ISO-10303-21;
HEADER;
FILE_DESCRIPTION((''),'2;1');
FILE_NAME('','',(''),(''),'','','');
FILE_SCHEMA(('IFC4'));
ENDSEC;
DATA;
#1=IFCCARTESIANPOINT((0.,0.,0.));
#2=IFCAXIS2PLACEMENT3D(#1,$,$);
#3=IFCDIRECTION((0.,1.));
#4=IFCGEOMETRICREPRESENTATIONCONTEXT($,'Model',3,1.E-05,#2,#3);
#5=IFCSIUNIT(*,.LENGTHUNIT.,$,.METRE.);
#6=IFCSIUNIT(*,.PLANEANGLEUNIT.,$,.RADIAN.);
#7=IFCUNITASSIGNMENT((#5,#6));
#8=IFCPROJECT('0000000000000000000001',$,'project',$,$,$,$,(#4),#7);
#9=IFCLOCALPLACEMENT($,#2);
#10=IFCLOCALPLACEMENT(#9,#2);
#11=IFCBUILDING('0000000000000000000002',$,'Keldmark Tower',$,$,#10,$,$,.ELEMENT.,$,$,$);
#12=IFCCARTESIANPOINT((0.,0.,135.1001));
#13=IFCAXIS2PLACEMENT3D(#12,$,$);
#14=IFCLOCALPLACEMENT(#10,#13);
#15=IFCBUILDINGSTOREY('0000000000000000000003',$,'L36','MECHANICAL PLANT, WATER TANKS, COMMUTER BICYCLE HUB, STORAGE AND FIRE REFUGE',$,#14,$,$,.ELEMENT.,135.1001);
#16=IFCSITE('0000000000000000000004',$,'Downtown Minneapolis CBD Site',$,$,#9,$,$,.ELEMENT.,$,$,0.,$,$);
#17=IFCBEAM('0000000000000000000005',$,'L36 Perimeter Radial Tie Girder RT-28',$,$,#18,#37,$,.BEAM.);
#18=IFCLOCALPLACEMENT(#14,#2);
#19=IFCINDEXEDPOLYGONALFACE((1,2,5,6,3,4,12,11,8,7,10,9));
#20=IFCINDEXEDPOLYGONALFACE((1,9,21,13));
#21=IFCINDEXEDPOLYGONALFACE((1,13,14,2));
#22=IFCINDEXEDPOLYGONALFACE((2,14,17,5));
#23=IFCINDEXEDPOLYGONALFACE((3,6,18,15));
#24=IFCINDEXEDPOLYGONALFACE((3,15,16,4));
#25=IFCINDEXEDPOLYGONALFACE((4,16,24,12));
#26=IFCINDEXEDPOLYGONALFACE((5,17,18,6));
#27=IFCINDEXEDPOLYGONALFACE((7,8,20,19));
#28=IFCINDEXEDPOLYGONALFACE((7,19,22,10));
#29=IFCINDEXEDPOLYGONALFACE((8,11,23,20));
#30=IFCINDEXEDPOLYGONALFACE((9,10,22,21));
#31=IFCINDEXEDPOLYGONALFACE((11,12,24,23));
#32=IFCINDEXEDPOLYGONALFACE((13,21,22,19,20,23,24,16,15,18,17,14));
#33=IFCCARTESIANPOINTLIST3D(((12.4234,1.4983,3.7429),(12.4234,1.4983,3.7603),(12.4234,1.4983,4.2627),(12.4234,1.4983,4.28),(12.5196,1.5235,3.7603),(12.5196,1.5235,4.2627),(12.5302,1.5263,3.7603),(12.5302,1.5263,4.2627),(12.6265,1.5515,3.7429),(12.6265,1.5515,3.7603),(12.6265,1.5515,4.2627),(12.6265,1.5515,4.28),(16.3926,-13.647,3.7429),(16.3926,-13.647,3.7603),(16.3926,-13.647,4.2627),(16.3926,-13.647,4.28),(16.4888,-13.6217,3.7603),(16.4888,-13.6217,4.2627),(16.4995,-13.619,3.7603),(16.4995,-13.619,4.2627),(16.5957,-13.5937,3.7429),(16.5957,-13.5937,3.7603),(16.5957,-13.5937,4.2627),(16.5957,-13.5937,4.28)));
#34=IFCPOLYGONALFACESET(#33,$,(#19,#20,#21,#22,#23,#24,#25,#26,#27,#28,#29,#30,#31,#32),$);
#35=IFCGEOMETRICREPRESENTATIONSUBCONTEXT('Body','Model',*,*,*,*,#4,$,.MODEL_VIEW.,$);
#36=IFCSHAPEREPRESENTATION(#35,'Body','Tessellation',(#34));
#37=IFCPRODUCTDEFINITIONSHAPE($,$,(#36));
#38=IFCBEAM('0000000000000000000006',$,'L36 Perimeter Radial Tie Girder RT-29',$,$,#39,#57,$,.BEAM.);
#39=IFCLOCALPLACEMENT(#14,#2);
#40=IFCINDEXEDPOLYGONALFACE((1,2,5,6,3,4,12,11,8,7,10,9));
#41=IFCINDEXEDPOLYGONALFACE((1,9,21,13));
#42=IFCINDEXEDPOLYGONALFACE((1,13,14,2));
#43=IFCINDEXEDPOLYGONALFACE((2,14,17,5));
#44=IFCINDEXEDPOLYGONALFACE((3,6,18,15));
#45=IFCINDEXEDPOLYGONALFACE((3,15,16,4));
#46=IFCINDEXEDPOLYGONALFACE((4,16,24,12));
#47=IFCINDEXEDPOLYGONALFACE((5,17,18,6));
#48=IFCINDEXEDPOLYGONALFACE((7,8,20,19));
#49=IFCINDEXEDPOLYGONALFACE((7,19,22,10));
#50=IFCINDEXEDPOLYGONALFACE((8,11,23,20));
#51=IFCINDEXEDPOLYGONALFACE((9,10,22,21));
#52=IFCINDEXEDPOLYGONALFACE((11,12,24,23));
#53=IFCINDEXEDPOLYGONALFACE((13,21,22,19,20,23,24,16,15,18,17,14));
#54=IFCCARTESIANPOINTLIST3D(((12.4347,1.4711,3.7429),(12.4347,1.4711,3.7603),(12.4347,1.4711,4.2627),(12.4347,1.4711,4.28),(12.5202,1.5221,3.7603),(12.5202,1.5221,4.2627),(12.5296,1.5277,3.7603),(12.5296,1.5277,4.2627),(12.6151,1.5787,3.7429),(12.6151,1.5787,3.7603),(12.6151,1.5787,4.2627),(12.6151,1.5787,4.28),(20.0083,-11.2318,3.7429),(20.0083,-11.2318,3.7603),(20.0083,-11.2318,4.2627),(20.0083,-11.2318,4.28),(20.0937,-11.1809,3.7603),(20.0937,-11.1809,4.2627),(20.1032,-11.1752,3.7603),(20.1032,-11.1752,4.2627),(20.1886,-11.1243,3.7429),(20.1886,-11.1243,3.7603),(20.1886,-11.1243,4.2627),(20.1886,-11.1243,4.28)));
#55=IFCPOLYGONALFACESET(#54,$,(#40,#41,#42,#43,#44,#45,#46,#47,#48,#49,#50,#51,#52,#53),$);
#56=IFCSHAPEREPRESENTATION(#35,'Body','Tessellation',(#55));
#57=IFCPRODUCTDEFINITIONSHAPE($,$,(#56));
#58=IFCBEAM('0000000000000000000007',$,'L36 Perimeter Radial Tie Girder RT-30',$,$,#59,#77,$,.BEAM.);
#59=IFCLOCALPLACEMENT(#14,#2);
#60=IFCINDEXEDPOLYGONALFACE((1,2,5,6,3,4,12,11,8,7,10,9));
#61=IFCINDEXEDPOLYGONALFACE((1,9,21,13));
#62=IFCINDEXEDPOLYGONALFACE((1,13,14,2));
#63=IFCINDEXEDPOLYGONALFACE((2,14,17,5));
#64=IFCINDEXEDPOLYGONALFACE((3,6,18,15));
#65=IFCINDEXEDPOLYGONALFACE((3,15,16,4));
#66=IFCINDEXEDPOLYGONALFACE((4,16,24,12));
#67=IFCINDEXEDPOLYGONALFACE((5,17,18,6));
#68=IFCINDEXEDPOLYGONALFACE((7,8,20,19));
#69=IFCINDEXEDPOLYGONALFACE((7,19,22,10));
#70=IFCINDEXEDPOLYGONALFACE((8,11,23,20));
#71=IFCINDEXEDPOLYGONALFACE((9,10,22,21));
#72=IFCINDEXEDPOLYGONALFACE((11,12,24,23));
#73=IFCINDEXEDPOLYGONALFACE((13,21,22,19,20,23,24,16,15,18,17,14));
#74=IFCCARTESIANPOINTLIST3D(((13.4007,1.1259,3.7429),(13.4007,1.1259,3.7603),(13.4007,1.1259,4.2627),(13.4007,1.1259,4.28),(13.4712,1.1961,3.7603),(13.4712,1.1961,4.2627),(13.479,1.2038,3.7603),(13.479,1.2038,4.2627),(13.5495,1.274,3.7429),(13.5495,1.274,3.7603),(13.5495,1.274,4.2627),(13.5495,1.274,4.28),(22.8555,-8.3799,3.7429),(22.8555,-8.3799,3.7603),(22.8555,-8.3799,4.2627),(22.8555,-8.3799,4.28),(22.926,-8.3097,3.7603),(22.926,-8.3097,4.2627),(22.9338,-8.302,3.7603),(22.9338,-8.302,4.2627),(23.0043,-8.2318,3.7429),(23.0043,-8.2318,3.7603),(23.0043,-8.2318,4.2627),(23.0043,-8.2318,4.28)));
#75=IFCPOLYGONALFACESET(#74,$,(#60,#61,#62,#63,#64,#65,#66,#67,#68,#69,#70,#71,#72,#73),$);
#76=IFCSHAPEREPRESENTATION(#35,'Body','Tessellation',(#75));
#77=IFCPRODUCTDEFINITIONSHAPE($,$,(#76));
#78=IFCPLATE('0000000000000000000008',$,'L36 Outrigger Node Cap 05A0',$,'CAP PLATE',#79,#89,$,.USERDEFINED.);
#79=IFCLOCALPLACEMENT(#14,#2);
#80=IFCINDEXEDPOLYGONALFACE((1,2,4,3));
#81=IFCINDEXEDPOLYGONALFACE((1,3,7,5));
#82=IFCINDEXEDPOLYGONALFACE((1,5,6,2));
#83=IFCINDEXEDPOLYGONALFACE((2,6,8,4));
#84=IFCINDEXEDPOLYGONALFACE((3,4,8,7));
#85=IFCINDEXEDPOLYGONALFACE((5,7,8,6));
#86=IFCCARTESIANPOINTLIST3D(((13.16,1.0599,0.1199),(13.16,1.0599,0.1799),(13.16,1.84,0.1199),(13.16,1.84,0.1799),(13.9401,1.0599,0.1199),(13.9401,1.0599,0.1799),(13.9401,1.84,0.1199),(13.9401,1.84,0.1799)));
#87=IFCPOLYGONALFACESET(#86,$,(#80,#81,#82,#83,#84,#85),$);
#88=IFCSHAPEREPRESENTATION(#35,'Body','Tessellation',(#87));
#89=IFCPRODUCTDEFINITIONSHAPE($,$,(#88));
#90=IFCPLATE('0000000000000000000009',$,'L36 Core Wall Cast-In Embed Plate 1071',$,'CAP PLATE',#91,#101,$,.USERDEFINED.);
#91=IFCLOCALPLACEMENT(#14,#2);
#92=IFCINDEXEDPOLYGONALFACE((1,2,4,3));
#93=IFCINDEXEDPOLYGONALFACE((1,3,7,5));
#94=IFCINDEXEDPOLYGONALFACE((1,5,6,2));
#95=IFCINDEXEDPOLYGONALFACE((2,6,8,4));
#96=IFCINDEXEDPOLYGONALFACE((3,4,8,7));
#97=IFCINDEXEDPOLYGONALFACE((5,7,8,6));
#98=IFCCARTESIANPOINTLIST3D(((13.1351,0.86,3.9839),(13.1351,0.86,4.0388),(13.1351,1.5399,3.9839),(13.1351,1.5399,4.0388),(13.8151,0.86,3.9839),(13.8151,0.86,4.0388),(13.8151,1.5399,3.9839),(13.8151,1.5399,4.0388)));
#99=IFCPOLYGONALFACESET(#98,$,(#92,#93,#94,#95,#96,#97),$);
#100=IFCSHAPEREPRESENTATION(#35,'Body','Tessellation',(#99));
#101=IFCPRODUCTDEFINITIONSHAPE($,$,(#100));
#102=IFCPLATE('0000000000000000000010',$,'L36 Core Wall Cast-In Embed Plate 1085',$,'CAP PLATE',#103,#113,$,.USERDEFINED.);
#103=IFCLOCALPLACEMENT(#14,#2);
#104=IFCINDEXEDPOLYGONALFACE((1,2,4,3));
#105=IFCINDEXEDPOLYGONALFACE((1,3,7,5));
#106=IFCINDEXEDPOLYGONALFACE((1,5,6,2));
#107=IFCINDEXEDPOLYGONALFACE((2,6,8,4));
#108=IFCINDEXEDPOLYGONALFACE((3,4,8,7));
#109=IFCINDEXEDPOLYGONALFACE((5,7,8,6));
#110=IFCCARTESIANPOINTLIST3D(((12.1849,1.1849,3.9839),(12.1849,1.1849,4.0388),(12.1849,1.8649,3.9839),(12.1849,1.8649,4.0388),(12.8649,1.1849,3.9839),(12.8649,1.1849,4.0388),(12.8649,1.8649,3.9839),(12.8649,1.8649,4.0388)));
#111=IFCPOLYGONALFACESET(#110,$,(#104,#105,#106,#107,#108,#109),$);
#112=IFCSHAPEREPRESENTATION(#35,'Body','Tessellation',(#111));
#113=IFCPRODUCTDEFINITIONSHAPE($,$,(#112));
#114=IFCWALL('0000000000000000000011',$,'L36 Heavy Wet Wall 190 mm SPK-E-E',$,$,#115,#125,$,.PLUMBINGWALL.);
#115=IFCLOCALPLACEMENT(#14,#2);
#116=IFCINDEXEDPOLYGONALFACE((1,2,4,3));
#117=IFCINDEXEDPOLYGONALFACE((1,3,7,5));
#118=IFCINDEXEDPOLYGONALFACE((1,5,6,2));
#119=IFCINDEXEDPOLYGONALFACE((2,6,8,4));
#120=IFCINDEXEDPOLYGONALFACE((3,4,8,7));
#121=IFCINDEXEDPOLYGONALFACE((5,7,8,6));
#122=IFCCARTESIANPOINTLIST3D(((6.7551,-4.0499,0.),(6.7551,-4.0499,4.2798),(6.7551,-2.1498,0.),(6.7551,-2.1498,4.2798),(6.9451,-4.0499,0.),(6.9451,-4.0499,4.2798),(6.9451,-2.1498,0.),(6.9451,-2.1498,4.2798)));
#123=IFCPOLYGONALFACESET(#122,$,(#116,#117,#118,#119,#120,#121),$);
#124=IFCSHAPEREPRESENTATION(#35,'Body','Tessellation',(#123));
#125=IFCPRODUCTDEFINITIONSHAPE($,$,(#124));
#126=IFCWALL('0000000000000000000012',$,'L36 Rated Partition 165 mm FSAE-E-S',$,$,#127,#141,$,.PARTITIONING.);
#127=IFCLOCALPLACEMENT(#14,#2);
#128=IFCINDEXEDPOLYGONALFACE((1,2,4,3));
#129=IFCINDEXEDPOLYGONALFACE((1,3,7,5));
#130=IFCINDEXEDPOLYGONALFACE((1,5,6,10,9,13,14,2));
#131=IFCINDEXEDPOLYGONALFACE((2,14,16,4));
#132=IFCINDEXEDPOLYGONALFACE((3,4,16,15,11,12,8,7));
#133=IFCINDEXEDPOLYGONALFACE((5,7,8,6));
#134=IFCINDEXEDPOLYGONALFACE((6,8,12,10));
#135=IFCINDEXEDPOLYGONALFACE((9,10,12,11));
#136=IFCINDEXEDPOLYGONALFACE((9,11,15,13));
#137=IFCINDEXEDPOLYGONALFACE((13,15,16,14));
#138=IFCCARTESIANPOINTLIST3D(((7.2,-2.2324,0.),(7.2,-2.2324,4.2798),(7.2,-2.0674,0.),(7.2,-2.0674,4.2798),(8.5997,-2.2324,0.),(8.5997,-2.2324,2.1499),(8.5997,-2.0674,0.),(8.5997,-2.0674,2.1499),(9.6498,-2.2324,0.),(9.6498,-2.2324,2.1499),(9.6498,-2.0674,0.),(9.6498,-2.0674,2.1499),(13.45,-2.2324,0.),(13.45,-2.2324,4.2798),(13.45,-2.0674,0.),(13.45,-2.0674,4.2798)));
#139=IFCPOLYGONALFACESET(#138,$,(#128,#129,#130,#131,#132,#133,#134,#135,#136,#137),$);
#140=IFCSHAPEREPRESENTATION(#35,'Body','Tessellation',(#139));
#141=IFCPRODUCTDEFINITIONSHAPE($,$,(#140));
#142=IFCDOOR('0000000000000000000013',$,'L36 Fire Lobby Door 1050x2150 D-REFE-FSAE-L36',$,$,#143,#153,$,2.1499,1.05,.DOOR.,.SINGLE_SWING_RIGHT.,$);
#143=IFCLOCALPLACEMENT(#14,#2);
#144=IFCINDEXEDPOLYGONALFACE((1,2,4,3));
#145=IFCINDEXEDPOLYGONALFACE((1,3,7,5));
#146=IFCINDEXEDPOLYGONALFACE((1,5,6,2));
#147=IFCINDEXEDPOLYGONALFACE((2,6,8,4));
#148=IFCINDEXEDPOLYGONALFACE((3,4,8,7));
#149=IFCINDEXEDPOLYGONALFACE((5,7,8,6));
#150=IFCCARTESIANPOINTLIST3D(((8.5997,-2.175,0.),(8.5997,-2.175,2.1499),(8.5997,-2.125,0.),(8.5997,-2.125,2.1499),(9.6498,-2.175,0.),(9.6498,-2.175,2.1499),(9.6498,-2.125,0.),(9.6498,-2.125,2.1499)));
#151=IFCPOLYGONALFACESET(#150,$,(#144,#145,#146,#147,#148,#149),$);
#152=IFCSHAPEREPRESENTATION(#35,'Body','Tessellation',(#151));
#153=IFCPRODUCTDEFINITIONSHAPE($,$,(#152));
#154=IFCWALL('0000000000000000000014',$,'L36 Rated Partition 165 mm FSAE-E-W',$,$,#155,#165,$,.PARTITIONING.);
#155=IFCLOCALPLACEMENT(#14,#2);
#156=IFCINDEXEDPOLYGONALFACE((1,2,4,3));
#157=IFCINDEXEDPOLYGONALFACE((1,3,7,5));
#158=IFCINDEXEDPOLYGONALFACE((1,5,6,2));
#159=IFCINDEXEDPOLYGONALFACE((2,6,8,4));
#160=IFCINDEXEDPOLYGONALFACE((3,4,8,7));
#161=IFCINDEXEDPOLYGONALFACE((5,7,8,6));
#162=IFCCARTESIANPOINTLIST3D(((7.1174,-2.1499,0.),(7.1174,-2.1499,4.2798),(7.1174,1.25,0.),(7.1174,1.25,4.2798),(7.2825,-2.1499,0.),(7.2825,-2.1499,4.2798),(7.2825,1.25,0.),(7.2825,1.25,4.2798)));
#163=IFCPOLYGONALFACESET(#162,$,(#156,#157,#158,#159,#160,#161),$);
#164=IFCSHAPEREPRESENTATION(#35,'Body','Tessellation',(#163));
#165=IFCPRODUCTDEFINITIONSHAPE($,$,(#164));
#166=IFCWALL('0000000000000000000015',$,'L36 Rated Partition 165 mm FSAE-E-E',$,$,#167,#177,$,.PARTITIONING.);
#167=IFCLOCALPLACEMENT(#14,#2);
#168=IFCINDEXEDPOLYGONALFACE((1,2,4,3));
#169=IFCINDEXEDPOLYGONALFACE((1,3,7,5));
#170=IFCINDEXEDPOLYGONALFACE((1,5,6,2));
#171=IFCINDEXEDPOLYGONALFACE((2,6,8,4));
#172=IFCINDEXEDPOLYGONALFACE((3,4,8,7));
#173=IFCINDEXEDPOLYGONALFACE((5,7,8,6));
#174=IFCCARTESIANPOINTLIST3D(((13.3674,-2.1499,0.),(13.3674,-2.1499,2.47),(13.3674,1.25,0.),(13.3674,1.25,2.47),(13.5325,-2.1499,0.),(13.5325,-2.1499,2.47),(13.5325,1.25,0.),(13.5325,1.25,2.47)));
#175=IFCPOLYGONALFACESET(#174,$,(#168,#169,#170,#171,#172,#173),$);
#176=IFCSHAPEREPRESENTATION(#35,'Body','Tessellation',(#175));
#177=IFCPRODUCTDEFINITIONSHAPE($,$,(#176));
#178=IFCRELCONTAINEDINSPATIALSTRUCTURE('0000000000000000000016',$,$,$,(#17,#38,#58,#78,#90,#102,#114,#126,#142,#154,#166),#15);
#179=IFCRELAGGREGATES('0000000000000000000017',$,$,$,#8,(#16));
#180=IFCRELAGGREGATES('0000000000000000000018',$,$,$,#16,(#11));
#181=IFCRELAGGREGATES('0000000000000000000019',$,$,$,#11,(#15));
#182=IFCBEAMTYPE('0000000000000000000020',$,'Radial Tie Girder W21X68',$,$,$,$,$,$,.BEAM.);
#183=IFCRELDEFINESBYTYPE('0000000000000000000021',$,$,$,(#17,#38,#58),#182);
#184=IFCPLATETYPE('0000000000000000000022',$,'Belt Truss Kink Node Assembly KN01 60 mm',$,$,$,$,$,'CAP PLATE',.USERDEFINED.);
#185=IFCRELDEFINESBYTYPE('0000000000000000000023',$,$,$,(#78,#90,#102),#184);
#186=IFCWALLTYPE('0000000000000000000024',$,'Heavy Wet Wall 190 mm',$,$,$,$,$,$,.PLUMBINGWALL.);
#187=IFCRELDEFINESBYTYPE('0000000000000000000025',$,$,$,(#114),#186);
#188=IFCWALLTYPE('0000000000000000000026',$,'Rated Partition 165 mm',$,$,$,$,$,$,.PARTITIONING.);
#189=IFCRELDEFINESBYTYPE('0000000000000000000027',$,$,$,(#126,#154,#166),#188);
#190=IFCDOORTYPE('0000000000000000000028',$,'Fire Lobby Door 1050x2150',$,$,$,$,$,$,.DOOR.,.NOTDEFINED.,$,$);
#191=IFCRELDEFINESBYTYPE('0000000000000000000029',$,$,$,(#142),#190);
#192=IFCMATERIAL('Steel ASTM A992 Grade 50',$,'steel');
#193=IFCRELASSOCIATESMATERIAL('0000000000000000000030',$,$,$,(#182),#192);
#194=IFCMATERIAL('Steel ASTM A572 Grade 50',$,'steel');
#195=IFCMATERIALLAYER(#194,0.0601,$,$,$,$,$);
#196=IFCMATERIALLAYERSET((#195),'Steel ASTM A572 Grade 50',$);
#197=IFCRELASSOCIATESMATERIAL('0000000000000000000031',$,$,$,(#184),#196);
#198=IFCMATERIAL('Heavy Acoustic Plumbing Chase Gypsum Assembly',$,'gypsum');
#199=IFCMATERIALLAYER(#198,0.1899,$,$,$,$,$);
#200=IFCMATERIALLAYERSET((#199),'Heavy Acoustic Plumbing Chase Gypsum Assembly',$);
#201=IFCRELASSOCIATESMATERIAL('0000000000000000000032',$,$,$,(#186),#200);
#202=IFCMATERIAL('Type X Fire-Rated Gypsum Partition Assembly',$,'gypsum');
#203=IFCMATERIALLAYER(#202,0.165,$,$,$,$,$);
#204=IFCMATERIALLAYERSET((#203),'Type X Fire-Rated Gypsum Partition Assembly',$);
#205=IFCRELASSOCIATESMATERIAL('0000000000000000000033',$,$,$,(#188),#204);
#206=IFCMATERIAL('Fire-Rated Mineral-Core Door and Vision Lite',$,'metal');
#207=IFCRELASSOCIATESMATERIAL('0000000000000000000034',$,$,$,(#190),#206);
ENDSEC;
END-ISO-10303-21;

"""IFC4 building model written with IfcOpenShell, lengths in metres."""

from ifc_helpers import new_model, si_unit, direction, frame, frame_2d, origin, origin_2d, place, context, subcontext, project, spatial, rectangle, i_section, extrude, material, layer, layer_set, material_profile, profile_set, type_object, element, fill, save


model = new_model("IFC4")

# Units and contexts
model_context = context("Model", 3, precision=1e-05, world=origin(), true_north=direction((0.0, 1.0)))
body_context = subcontext(model_context, "Body", "Model", "MODEL_VIEW")
ifc_project = project(units=[si_unit("LENGTHUNIT", "METRE"), si_unit("PLANEANGLEUNIT", "RADIAN")], contexts=[model_context])

# Site, building, storey
site_placement = place(None, origin())
site = spatial("IfcSite", under=ifc_project, at=site_placement, Name="Downtown Minneapolis CBD Site", CompositionType="ELEMENT", RefElevation=0.0)
building_placement = place(site_placement, origin())
building = spatial("IfcBuilding", under=site, at=building_placement, Name="Keldmark Tower", CompositionType="ELEMENT")
storey_placement = place(building_placement, frame((0.0, 0.0, 135.1001)))
storey = spatial("IfcBuildingStorey", under=building, at=storey_placement, Name="L36", Description="MECHANICAL PLANT, WATER TANKS, COMMUTER BICYCLE HUB, STORAGE AND FIRE REFUGE", CompositionType="ELEMENT", Elevation=135.1001)

# Beams
ifc_material_1 = material(Name="Steel ASTM A992 Grade 50", Category="steel")
ifc_material_profile_1 = material_profile(ifc_material_1, i_section(OverallWidth=0.21, OverallDepth=0.5371, WebThickness=0.011, FlangeThickness=0.0173, at=origin_2d()), Name="W21X68")
ifc_profile_set_1 = profile_set([ifc_material_profile_1], Name="Steel ASTM A992 Grade 50")
beam_type = type_object("IfcBeamType", Name="Radial Tie Girder W21X68", PredefinedType="BEAM", material=ifc_profile_set_1)
beam_1_placement = place(storey_placement, frame((12.5249, 1.5249, 4.0115), z_axis=(0.253516, -0.967331, 0.0), x_axis=(0.967331, 0.253516, 0.0)))
element("IfcBeam", 1, at=beam_1_placement, inside=storey, type_object=beam_type, Name="L36 Perimeter Radial Tie Girder RT-28", PredefinedType="BEAM", context=body_context, shape_type="SweptSolid", body=[
    extrude(i_section(OverallWidth=0.21, OverallDepth=0.5371, WebThickness=0.011, FlangeThickness=0.0173, at=origin_2d()), origin(), (0.0, 0.0, 1.0), 15.6567),
])
beam_2_placement = place(storey_placement, frame((12.5249, 1.5249, 4.0115), z_axis=(0.512095, -0.858929, 0.0), x_axis=(0.858929, 0.512095, 0.0)))
element("IfcBeam", 2, at=beam_2_placement, inside=storey, type_object=beam_type, Name="L36 Perimeter Radial Tie Girder RT-29", PredefinedType="BEAM", context=body_context, shape_type="SweptSolid", body=[
    extrude(i_section(OverallWidth=0.21, OverallDepth=0.5371, WebThickness=0.011, FlangeThickness=0.0173, at=origin_2d()), origin(), (0.0, 0.0, 1.0), 14.7893),
])
beam_3_placement = place(storey_placement, frame((13.4751, 1.2, 4.0115), z_axis=(0.705201, -0.709007, 0.0), x_axis=(0.709007, 0.705201, 0.0)))
element("IfcBeam", 3, at=beam_3_placement, inside=storey, type_object=beam_type, Name="L36 Perimeter Radial Tie Girder RT-30", PredefinedType="BEAM", context=body_context, shape_type="SweptSolid", body=[
    extrude(i_section(OverallWidth=0.21, OverallDepth=0.5371, WebThickness=0.011, FlangeThickness=0.0173, at=origin_2d()), origin(), (0.0, 0.0, 1.0), 13.4072),
])

# Plates
ifc_material_2 = material(Name="Steel ASTM A572 Grade 50", Category="steel")
ifc_layer_1 = layer(ifc_material_2, 0.0601)
ifc_layer_set_1 = layer_set([ifc_layer_1], Name="Steel ASTM A572 Grade 50")
plate_type = type_object("IfcPlateType", Name="Belt Truss Kink Node Assembly KN01 60 mm", ElementType="CAP PLATE", PredefinedType="USERDEFINED", material=ifc_layer_set_1)
plate_placement = place(storey_placement, frame((13.55, 1.45, 0.1199), z_axis=(0.0, 0.0, 1.0), x_axis=(1.0, 0.0, 0.0)))
element("IfcPlate", 4, at=plate_placement, inside=storey, type_object=plate_type, Name="L36 Outrigger Node Cap 05A0", ObjectType="CAP PLATE", PredefinedType="USERDEFINED", context=body_context, shape_type="SweptSolid", body=[
    extrude(rectangle(XDim=0.78, YDim=0.78, at=origin_2d()), origin(), (0.0, 0.0, 1.0), 0.0601),
])
for number, where, z_axis, x_axis, name in (
    (5, (13.4751, 1.2, 3.9839), (0.0, 0.0, 1.0), (1.0, 0.0, 0.0), "L36 Core Wall Cast-In Embed Plate 1071"),
    (6, (12.5249, 1.5249, 3.9839), (0.0, 0.0, 1.0), (1.0, 0.0, 0.0), "L36 Core Wall Cast-In Embed Plate 1085"),
):
    element("IfcPlate", number, at=place(storey_placement, frame(where, z_axis=z_axis, x_axis=x_axis)), inside=storey, type_object=plate_type, Name=name, ObjectType="CAP PLATE", PredefinedType="USERDEFINED", context=body_context, shape_type="SweptSolid", body=[
        extrude(rectangle(XDim=0.6799, YDim=0.6799, at=origin_2d()), origin(), (0.0, 0.0, 1.0), 0.0549),
    ])

# Wall
ifc_material_3 = material(Name="Heavy Acoustic Plumbing Chase Gypsum Assembly", Category="gypsum")
ifc_layer_2 = layer(ifc_material_3, 0.1899)
ifc_layer_set_2 = layer_set([ifc_layer_2], Name="Heavy Acoustic Plumbing Chase Gypsum Assembly")
wall_type_1 = type_object("IfcWallType", Name="Heavy Wet Wall 190 mm", PredefinedType="PLUMBINGWALL", material=ifc_layer_set_2)
wall_1_placement = place(storey_placement, frame((6.8501, -4.05, 0.0), z_axis=(0.0, 0.0, 1.0), x_axis=(0.0, 1.0, 0.0)))
element("IfcWall", 7, at=wall_1_placement, inside=storey, type_object=wall_type_1, Name="L36 Heavy Wet Wall 190 mm SPK-E-E", PredefinedType="PLUMBINGWALL", context=body_context, shape_type="SweptSolid", body=[
    extrude(rectangle(XDim=1.9001, YDim=0.1899, at=frame_2d((0.9502, 0.0))), origin(), (0.0, 0.0, 1.0), 4.2798),
])

# Wall, opening, door
ifc_material_4 = material(Name="Type X Fire-Rated Gypsum Partition Assembly", Category="gypsum")
ifc_layer_3 = layer(ifc_material_4, 0.165)
ifc_layer_set_3 = layer_set([ifc_layer_3], Name="Type X Fire-Rated Gypsum Partition Assembly")
wall_type_2 = type_object("IfcWallType", Name="Rated Partition 165 mm", PredefinedType="PARTITIONING", material=ifc_layer_set_3)
wall_2_placement = place(storey_placement, frame((7.2, -2.1499, 0.0), z_axis=(0.0, 0.0, 1.0), x_axis=(1.0, 0.0, 0.0)))
wall_2 = element("IfcWall", 8, at=wall_2_placement, inside=storey, type_object=wall_type_2, Name="L36 Rated Partition 165 mm FSAE-E-S", PredefinedType="PARTITIONING", context=body_context, shape_type="SweptSolid", body=[
    extrude(rectangle(XDim=6.25, YDim=0.165, at=frame_2d((3.125, 0.0))), origin(), (0.0, 0.0, 1.0), 4.2798),
])
opening_1_placement = place(wall_2_placement, frame((1.3999, 0.0, 0.0)))
opening_1 = element("IfcOpeningElement", 9, at=opening_1_placement, cuts=wall_2, PredefinedType="OPENING", context=body_context, shape_type="SweptSolid", body=[
    extrude(rectangle(XDim=1.05, YDim=2.1499, at=frame_2d((0.5249, 1.075))), frame((0.0, 0.0925, 0.0), z_axis=(0.0, -1.0, 0.0), x_axis=(1.0, 0.0, 0.0)), (0.0, 0.0, 1.0), 0.1851),
])
ifc_material_5 = material(Name="Fire-Rated Mineral-Core Door and Vision Lite", Category="metal")
door_type = type_object("IfcDoorType", Name="Fire Lobby Door 1050x2150", OperationType="NOTDEFINED", PredefinedType="DOOR", material=ifc_material_5)
door_1_placement = place(opening_1_placement, origin())
door_1 = element("IfcDoor", 10, at=door_1_placement, inside=storey, type_object=door_type, Name="L36 Fire Lobby Door 1050x2150 D-REFE-FSAE-L36", OperationType="SINGLE_SWING_RIGHT", OverallHeight=2.1499, OverallWidth=1.05, PredefinedType="DOOR", context=body_context, shape_type="SweptSolid", body=[
    extrude(rectangle(XDim=1.05, YDim=2.1499, at=frame_2d((0.5249, 1.075))), frame((0.0, 0.0249, 0.0), z_axis=(0.0, -1.0, 0.0), x_axis=(1.0, 0.0, 0.0)), (0.0, 0.0, 1.0), 0.05),
])
fill(opening_1, door_1)

# Walls
wall_3_placement = place(storey_placement, frame((7.2, -2.1499, 0.0), z_axis=(0.0, 0.0, 1.0), x_axis=(0.0, 1.0, 0.0)))
element("IfcWall", 11, at=wall_3_placement, inside=storey, type_object=wall_type_2, Name="L36 Rated Partition 165 mm FSAE-E-W", PredefinedType="PARTITIONING", context=body_context, shape_type="SweptSolid", body=[
    extrude(rectangle(XDim=3.3999, YDim=0.165, at=frame_2d((1.7, 0.0))), origin(), (0.0, 0.0, 1.0), 4.2798),
])
wall_4_placement = place(storey_placement, frame((13.45, -2.1499, 0.0), z_axis=(0.0, 0.0, 1.0), x_axis=(0.0, 1.0, 0.0)))
element("IfcWall", 12, at=wall_4_placement, inside=storey, type_object=wall_type_2, Name="L36 Rated Partition 165 mm FSAE-E-E", PredefinedType="PARTITIONING", context=body_context, shape_type="SweptSolid", body=[
    extrude(rectangle(XDim=3.3999, YDim=0.165, at=frame_2d((1.7, 0.0))), origin(), (0.0, 0.0, 1.0), 2.47),
])

save(model, "model.ifc")
